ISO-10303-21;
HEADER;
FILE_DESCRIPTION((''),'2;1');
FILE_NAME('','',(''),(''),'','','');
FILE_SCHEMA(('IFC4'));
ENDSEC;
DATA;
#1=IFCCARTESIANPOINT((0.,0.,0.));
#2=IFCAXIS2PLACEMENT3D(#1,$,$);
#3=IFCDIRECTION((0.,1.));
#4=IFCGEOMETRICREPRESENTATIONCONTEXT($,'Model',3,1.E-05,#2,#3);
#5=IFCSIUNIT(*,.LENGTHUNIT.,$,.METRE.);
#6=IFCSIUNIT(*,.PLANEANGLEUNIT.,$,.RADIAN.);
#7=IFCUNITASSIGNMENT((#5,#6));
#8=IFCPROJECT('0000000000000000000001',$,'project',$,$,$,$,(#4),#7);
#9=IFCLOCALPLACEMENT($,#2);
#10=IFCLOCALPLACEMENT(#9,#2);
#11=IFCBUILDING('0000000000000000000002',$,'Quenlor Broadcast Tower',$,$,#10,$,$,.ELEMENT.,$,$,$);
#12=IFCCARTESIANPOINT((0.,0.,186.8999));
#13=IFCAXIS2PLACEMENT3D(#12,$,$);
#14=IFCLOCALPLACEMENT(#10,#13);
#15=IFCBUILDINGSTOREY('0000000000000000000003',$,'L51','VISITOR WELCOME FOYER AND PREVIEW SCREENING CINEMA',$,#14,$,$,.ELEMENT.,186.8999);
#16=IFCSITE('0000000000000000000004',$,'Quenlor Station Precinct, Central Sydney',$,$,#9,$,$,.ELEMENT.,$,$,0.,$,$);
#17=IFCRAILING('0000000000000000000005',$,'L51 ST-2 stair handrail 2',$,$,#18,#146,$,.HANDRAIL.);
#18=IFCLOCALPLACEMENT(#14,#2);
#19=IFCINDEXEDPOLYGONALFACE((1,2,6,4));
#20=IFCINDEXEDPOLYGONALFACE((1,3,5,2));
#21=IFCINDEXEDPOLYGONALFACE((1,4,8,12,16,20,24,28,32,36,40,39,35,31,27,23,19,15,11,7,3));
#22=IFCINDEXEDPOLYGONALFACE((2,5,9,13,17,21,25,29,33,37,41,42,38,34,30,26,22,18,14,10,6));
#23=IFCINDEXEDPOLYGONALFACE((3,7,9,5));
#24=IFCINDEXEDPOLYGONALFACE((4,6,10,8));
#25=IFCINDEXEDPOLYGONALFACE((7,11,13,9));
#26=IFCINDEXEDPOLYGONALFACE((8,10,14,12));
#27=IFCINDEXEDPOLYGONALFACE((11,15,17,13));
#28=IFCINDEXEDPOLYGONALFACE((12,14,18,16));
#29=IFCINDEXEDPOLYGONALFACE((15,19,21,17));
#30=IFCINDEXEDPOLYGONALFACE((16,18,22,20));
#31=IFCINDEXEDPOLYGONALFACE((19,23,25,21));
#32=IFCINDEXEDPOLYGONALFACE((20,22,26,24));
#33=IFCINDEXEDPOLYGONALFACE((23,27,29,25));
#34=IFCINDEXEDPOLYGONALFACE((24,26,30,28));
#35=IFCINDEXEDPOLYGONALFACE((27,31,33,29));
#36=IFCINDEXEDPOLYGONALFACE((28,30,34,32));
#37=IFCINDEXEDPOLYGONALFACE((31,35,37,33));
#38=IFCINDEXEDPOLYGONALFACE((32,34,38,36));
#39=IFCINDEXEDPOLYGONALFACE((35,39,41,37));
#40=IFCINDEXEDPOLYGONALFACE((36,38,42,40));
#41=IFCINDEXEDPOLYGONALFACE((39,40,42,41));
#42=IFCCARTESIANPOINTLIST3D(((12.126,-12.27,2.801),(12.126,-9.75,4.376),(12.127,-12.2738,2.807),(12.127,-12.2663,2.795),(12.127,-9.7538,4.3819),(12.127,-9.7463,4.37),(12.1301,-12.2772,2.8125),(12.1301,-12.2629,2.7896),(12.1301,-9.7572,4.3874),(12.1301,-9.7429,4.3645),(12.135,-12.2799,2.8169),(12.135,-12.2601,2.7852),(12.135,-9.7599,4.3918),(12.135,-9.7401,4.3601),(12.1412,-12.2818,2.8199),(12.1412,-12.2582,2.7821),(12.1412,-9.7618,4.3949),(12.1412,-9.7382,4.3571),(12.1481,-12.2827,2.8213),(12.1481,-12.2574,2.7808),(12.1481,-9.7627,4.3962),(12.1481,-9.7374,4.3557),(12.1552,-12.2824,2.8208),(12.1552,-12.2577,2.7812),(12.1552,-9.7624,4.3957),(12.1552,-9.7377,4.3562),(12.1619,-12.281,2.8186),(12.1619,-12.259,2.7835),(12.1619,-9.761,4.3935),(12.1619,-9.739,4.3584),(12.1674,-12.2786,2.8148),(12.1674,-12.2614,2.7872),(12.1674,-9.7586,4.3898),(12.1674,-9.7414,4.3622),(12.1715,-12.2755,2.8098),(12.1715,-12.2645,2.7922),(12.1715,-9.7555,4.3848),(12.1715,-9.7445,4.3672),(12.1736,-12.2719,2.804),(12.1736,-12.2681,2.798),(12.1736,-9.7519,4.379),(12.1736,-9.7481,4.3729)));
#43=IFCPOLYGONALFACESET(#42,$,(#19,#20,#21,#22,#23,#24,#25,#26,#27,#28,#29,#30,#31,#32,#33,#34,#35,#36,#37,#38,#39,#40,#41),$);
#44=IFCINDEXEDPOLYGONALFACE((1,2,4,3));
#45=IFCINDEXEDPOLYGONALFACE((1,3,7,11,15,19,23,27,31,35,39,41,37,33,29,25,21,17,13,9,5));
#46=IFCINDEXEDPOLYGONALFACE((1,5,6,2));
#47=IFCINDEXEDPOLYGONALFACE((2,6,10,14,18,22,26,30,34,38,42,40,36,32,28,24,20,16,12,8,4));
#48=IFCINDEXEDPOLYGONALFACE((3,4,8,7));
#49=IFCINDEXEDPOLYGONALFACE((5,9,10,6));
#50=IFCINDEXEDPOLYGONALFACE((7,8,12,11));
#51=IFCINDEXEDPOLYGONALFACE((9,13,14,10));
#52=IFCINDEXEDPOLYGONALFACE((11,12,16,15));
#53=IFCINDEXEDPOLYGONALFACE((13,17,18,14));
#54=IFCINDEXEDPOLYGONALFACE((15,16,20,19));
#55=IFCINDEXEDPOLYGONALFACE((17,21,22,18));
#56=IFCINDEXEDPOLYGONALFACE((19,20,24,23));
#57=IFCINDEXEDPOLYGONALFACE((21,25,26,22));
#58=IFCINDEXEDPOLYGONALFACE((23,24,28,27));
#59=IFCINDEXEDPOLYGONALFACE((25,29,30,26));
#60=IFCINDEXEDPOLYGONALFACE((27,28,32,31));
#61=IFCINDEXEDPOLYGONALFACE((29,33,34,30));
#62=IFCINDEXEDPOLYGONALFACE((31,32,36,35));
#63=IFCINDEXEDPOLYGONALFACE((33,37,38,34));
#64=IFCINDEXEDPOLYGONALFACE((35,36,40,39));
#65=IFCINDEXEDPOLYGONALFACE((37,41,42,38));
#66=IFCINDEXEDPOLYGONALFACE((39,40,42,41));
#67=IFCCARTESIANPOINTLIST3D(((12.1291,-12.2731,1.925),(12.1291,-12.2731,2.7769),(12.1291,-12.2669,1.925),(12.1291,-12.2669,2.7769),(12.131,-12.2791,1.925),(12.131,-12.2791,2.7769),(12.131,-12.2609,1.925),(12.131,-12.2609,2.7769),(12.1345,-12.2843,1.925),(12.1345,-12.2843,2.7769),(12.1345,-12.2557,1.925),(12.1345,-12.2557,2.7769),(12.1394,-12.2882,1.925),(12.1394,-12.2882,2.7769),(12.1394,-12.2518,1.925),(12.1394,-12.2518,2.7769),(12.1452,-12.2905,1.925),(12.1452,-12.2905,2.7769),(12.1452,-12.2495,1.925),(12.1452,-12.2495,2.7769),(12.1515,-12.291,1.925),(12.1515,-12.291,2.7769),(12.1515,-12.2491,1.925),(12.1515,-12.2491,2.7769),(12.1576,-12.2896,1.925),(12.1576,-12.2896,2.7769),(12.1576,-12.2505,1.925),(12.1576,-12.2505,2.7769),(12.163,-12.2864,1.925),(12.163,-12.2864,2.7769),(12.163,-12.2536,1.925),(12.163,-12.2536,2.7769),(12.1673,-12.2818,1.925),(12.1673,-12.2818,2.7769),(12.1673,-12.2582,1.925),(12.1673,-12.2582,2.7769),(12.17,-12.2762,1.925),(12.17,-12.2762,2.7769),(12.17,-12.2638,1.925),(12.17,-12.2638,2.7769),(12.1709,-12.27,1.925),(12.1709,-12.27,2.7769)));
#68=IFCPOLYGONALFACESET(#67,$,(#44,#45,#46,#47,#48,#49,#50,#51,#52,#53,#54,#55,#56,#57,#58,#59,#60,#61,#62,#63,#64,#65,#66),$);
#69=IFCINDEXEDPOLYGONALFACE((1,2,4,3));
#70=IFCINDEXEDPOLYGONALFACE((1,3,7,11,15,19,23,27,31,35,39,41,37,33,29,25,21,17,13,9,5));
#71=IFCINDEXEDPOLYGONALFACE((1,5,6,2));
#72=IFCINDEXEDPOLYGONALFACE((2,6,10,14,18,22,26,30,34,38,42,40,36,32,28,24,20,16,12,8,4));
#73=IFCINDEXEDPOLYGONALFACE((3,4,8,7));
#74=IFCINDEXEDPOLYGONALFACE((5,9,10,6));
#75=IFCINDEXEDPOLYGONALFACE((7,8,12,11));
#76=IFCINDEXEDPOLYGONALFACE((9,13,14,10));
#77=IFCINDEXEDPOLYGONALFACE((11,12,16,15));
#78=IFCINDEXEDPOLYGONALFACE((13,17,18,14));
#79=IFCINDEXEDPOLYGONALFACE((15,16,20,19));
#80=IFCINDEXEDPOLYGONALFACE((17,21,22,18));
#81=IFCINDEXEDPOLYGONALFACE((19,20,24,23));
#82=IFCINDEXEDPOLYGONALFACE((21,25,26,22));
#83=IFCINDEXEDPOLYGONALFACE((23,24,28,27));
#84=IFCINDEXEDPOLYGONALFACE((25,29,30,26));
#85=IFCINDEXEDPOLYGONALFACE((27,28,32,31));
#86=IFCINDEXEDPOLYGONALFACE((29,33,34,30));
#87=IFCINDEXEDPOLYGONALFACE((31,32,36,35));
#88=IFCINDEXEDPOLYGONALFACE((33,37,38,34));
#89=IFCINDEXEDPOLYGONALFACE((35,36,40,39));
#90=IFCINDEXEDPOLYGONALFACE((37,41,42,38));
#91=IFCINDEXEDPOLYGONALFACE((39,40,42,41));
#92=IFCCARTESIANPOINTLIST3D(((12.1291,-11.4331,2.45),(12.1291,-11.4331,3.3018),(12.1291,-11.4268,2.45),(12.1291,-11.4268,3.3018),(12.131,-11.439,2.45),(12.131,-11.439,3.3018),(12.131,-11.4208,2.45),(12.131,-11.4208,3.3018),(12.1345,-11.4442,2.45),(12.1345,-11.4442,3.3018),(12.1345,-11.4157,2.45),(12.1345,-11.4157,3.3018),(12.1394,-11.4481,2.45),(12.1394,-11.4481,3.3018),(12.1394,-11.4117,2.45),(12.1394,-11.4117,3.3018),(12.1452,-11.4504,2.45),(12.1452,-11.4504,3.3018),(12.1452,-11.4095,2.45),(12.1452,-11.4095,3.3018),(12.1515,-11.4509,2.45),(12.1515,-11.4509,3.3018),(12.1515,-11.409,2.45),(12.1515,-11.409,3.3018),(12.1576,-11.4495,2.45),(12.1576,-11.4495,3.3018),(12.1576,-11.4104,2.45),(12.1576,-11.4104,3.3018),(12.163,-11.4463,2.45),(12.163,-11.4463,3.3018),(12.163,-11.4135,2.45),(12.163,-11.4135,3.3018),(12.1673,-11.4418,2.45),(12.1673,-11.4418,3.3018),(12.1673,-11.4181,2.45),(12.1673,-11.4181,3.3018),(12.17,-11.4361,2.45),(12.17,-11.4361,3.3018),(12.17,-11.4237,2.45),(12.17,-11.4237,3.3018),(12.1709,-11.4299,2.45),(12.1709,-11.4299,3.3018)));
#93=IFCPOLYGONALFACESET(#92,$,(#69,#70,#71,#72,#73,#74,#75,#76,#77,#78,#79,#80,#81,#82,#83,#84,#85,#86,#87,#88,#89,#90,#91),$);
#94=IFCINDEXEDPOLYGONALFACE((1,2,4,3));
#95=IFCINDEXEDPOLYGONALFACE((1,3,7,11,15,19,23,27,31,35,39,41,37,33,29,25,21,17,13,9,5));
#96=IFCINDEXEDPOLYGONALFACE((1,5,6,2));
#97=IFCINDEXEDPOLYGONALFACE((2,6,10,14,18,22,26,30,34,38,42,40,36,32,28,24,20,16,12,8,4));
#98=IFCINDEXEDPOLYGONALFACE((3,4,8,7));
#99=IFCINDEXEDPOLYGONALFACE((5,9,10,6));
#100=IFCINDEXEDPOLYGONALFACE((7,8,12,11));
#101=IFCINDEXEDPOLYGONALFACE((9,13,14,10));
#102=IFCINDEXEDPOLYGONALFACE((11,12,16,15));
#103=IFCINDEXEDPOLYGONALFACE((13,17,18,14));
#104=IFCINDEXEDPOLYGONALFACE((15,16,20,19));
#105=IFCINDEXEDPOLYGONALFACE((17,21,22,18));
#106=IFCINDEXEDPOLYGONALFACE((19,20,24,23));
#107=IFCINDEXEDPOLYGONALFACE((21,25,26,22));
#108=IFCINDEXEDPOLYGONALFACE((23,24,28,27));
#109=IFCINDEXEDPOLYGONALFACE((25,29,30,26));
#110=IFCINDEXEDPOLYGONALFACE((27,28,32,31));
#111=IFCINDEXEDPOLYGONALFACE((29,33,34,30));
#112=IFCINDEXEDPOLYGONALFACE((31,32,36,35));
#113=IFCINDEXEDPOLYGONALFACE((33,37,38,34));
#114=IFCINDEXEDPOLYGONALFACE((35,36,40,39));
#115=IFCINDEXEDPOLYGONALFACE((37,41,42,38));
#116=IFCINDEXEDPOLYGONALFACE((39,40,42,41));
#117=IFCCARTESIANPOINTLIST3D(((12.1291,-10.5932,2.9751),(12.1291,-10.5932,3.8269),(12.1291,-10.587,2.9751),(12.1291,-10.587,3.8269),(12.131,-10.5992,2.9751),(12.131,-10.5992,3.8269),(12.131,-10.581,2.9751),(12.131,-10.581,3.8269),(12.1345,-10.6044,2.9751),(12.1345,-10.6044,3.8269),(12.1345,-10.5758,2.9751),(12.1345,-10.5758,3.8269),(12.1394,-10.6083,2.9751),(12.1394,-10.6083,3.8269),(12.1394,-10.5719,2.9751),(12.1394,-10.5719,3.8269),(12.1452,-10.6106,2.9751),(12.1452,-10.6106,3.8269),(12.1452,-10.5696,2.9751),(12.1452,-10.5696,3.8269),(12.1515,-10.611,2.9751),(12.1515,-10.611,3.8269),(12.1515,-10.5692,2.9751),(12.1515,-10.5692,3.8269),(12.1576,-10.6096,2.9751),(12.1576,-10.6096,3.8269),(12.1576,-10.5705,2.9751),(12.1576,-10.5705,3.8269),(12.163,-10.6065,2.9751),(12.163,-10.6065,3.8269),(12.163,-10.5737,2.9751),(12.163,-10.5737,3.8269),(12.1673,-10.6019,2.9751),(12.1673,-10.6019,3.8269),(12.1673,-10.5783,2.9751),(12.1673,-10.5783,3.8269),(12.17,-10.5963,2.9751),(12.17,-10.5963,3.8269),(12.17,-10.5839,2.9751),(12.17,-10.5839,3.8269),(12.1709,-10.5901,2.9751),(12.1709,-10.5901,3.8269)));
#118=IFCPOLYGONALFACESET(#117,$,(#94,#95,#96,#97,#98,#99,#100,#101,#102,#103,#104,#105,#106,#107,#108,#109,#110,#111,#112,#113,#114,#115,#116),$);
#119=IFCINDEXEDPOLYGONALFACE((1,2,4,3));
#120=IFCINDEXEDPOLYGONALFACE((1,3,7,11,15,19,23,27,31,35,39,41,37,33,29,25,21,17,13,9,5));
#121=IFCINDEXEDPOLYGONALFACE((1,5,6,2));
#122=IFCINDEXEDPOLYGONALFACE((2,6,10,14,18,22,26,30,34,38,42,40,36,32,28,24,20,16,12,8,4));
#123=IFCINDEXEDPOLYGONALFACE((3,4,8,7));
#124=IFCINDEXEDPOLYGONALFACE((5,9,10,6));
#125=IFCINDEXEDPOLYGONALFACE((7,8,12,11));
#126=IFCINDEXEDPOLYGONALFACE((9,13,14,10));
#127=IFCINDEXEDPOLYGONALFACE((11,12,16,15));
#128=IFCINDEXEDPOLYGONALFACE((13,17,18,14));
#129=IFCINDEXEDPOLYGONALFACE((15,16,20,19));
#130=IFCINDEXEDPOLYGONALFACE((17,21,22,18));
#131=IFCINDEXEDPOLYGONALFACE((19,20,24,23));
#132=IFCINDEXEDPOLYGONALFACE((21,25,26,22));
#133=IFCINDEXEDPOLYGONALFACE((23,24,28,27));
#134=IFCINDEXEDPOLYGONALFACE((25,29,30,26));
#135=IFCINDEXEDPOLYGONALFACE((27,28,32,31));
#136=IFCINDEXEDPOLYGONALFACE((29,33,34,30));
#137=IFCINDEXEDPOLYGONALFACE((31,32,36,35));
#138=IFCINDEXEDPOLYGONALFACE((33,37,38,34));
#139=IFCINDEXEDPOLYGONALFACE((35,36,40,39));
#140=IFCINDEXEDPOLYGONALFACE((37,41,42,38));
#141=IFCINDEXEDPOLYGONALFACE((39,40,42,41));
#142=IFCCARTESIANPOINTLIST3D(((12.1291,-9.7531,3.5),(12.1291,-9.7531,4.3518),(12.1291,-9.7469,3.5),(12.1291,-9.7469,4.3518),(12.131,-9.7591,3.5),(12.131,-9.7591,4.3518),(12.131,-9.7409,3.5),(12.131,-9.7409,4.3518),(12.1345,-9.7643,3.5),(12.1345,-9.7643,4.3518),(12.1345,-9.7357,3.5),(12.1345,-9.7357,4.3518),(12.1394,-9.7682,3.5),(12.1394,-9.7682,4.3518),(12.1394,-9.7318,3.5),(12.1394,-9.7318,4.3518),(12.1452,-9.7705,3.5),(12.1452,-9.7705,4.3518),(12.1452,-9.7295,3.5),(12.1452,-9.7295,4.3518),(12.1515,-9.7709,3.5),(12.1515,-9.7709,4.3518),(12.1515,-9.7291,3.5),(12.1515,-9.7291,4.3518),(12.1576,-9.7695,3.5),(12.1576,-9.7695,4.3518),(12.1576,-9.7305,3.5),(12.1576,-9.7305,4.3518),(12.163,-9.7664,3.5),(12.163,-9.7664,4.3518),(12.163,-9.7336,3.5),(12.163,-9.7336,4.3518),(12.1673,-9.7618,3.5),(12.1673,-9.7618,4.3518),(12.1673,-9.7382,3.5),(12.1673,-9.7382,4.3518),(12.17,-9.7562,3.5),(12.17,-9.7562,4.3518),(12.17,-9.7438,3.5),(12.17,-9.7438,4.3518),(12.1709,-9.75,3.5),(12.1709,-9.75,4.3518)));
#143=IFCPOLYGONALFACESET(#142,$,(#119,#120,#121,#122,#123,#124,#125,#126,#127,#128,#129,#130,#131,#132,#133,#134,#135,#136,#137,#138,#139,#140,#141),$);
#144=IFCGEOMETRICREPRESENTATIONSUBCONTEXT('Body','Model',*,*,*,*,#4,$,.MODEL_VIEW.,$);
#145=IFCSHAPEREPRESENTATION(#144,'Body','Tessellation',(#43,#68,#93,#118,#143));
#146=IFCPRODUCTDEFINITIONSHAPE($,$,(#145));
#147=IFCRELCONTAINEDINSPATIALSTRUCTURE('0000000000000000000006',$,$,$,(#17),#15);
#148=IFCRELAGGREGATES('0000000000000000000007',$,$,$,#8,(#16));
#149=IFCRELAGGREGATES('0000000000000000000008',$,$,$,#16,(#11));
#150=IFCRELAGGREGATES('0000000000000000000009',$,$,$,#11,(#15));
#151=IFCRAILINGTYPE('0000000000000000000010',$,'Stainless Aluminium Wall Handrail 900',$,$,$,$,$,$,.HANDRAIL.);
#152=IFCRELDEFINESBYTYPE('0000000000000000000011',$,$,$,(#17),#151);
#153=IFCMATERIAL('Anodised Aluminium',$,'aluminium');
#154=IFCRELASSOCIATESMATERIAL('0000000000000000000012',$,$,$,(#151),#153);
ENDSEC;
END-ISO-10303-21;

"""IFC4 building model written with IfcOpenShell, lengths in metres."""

from ifc_helpers import new_model, si_unit, direction, frame, origin, origin_2d, place, context, subcontext, project, spatial, circle, extrude, material, type_object, element, save


model = new_model("IFC4")

# Units and contexts
model_context = context("Model", 3, precision=1e-05, world=origin(), true_north=direction((0.0, 1.0)))
body_context = subcontext(model_context, "Body", "Model", "MODEL_VIEW")
ifc_project = project(units=[si_unit("LENGTHUNIT", "METRE"), si_unit("PLANEANGLEUNIT", "RADIAN")], contexts=[model_context])

# Site, building, storey
site_placement = place(None, origin())
site = spatial("IfcSite", under=ifc_project, at=site_placement, Name="Quenlor Station Precinct, Central Sydney", CompositionType="ELEMENT", RefElevation=0.0)
building_placement = place(site_placement, origin())
building = spatial("IfcBuilding", under=site, at=building_placement, Name="Quenlor Broadcast Tower", CompositionType="ELEMENT")
storey_placement = place(building_placement, frame((0.0, 0.0, 186.8999)))
storey = spatial("IfcBuildingStorey", under=building, at=storey_placement, Name="L51", Description="VISITOR WELCOME FOYER AND PREVIEW SCREENING CINEMA", CompositionType="ELEMENT", Elevation=186.8999)

# Railing
ifc_material_1 = material(Name="Anodised Aluminium", Category="aluminium")
railing_type_1 = type_object("IfcRailingType", Name="Stainless Aluminium Wall Handrail 900", PredefinedType="HANDRAIL", material=ifc_material_1)
railing_1_placement = place(storey_placement, frame((12.1499, -12.27, 1.925)))
element("IfcRailing", 1, at=railing_1_placement, inside=storey, type_object=railing_type_1, Name="L51 ST-2 stair handrail 2", PredefinedType="HANDRAIL", context=body_context, shape_type="SweptSolid", body=[
    extrude(circle(Radius=0.0239, at=origin_2d()), frame((0.0, 0.0, 0.876), z_axis=(0.0, 0.848008, 0.529984), x_axis=(-1.0, 0.0, 0.0)), (0.0, 0.0, 1.0), 2.9717),
    extrude(circle(Radius=0.021, at=origin_2d()), origin(), (0.0, 0.0, 1.0), 0.8518),
    extrude(circle(Radius=0.021, at=origin_2d()), frame((0.0, 0.8401, 0.5249)), (0.0, 0.0, 1.0), 0.8518),
    extrude(circle(Radius=0.021, at=origin_2d()), frame((0.0, 1.6799, 1.05)), (0.0, 0.0, 1.0), 0.8518),
    extrude(circle(Radius=0.021, at=origin_2d()), frame((0.0, 2.52, 1.575)), (0.0, 0.0, 1.0), 0.8518),
])

save(model, "model.ifc")
